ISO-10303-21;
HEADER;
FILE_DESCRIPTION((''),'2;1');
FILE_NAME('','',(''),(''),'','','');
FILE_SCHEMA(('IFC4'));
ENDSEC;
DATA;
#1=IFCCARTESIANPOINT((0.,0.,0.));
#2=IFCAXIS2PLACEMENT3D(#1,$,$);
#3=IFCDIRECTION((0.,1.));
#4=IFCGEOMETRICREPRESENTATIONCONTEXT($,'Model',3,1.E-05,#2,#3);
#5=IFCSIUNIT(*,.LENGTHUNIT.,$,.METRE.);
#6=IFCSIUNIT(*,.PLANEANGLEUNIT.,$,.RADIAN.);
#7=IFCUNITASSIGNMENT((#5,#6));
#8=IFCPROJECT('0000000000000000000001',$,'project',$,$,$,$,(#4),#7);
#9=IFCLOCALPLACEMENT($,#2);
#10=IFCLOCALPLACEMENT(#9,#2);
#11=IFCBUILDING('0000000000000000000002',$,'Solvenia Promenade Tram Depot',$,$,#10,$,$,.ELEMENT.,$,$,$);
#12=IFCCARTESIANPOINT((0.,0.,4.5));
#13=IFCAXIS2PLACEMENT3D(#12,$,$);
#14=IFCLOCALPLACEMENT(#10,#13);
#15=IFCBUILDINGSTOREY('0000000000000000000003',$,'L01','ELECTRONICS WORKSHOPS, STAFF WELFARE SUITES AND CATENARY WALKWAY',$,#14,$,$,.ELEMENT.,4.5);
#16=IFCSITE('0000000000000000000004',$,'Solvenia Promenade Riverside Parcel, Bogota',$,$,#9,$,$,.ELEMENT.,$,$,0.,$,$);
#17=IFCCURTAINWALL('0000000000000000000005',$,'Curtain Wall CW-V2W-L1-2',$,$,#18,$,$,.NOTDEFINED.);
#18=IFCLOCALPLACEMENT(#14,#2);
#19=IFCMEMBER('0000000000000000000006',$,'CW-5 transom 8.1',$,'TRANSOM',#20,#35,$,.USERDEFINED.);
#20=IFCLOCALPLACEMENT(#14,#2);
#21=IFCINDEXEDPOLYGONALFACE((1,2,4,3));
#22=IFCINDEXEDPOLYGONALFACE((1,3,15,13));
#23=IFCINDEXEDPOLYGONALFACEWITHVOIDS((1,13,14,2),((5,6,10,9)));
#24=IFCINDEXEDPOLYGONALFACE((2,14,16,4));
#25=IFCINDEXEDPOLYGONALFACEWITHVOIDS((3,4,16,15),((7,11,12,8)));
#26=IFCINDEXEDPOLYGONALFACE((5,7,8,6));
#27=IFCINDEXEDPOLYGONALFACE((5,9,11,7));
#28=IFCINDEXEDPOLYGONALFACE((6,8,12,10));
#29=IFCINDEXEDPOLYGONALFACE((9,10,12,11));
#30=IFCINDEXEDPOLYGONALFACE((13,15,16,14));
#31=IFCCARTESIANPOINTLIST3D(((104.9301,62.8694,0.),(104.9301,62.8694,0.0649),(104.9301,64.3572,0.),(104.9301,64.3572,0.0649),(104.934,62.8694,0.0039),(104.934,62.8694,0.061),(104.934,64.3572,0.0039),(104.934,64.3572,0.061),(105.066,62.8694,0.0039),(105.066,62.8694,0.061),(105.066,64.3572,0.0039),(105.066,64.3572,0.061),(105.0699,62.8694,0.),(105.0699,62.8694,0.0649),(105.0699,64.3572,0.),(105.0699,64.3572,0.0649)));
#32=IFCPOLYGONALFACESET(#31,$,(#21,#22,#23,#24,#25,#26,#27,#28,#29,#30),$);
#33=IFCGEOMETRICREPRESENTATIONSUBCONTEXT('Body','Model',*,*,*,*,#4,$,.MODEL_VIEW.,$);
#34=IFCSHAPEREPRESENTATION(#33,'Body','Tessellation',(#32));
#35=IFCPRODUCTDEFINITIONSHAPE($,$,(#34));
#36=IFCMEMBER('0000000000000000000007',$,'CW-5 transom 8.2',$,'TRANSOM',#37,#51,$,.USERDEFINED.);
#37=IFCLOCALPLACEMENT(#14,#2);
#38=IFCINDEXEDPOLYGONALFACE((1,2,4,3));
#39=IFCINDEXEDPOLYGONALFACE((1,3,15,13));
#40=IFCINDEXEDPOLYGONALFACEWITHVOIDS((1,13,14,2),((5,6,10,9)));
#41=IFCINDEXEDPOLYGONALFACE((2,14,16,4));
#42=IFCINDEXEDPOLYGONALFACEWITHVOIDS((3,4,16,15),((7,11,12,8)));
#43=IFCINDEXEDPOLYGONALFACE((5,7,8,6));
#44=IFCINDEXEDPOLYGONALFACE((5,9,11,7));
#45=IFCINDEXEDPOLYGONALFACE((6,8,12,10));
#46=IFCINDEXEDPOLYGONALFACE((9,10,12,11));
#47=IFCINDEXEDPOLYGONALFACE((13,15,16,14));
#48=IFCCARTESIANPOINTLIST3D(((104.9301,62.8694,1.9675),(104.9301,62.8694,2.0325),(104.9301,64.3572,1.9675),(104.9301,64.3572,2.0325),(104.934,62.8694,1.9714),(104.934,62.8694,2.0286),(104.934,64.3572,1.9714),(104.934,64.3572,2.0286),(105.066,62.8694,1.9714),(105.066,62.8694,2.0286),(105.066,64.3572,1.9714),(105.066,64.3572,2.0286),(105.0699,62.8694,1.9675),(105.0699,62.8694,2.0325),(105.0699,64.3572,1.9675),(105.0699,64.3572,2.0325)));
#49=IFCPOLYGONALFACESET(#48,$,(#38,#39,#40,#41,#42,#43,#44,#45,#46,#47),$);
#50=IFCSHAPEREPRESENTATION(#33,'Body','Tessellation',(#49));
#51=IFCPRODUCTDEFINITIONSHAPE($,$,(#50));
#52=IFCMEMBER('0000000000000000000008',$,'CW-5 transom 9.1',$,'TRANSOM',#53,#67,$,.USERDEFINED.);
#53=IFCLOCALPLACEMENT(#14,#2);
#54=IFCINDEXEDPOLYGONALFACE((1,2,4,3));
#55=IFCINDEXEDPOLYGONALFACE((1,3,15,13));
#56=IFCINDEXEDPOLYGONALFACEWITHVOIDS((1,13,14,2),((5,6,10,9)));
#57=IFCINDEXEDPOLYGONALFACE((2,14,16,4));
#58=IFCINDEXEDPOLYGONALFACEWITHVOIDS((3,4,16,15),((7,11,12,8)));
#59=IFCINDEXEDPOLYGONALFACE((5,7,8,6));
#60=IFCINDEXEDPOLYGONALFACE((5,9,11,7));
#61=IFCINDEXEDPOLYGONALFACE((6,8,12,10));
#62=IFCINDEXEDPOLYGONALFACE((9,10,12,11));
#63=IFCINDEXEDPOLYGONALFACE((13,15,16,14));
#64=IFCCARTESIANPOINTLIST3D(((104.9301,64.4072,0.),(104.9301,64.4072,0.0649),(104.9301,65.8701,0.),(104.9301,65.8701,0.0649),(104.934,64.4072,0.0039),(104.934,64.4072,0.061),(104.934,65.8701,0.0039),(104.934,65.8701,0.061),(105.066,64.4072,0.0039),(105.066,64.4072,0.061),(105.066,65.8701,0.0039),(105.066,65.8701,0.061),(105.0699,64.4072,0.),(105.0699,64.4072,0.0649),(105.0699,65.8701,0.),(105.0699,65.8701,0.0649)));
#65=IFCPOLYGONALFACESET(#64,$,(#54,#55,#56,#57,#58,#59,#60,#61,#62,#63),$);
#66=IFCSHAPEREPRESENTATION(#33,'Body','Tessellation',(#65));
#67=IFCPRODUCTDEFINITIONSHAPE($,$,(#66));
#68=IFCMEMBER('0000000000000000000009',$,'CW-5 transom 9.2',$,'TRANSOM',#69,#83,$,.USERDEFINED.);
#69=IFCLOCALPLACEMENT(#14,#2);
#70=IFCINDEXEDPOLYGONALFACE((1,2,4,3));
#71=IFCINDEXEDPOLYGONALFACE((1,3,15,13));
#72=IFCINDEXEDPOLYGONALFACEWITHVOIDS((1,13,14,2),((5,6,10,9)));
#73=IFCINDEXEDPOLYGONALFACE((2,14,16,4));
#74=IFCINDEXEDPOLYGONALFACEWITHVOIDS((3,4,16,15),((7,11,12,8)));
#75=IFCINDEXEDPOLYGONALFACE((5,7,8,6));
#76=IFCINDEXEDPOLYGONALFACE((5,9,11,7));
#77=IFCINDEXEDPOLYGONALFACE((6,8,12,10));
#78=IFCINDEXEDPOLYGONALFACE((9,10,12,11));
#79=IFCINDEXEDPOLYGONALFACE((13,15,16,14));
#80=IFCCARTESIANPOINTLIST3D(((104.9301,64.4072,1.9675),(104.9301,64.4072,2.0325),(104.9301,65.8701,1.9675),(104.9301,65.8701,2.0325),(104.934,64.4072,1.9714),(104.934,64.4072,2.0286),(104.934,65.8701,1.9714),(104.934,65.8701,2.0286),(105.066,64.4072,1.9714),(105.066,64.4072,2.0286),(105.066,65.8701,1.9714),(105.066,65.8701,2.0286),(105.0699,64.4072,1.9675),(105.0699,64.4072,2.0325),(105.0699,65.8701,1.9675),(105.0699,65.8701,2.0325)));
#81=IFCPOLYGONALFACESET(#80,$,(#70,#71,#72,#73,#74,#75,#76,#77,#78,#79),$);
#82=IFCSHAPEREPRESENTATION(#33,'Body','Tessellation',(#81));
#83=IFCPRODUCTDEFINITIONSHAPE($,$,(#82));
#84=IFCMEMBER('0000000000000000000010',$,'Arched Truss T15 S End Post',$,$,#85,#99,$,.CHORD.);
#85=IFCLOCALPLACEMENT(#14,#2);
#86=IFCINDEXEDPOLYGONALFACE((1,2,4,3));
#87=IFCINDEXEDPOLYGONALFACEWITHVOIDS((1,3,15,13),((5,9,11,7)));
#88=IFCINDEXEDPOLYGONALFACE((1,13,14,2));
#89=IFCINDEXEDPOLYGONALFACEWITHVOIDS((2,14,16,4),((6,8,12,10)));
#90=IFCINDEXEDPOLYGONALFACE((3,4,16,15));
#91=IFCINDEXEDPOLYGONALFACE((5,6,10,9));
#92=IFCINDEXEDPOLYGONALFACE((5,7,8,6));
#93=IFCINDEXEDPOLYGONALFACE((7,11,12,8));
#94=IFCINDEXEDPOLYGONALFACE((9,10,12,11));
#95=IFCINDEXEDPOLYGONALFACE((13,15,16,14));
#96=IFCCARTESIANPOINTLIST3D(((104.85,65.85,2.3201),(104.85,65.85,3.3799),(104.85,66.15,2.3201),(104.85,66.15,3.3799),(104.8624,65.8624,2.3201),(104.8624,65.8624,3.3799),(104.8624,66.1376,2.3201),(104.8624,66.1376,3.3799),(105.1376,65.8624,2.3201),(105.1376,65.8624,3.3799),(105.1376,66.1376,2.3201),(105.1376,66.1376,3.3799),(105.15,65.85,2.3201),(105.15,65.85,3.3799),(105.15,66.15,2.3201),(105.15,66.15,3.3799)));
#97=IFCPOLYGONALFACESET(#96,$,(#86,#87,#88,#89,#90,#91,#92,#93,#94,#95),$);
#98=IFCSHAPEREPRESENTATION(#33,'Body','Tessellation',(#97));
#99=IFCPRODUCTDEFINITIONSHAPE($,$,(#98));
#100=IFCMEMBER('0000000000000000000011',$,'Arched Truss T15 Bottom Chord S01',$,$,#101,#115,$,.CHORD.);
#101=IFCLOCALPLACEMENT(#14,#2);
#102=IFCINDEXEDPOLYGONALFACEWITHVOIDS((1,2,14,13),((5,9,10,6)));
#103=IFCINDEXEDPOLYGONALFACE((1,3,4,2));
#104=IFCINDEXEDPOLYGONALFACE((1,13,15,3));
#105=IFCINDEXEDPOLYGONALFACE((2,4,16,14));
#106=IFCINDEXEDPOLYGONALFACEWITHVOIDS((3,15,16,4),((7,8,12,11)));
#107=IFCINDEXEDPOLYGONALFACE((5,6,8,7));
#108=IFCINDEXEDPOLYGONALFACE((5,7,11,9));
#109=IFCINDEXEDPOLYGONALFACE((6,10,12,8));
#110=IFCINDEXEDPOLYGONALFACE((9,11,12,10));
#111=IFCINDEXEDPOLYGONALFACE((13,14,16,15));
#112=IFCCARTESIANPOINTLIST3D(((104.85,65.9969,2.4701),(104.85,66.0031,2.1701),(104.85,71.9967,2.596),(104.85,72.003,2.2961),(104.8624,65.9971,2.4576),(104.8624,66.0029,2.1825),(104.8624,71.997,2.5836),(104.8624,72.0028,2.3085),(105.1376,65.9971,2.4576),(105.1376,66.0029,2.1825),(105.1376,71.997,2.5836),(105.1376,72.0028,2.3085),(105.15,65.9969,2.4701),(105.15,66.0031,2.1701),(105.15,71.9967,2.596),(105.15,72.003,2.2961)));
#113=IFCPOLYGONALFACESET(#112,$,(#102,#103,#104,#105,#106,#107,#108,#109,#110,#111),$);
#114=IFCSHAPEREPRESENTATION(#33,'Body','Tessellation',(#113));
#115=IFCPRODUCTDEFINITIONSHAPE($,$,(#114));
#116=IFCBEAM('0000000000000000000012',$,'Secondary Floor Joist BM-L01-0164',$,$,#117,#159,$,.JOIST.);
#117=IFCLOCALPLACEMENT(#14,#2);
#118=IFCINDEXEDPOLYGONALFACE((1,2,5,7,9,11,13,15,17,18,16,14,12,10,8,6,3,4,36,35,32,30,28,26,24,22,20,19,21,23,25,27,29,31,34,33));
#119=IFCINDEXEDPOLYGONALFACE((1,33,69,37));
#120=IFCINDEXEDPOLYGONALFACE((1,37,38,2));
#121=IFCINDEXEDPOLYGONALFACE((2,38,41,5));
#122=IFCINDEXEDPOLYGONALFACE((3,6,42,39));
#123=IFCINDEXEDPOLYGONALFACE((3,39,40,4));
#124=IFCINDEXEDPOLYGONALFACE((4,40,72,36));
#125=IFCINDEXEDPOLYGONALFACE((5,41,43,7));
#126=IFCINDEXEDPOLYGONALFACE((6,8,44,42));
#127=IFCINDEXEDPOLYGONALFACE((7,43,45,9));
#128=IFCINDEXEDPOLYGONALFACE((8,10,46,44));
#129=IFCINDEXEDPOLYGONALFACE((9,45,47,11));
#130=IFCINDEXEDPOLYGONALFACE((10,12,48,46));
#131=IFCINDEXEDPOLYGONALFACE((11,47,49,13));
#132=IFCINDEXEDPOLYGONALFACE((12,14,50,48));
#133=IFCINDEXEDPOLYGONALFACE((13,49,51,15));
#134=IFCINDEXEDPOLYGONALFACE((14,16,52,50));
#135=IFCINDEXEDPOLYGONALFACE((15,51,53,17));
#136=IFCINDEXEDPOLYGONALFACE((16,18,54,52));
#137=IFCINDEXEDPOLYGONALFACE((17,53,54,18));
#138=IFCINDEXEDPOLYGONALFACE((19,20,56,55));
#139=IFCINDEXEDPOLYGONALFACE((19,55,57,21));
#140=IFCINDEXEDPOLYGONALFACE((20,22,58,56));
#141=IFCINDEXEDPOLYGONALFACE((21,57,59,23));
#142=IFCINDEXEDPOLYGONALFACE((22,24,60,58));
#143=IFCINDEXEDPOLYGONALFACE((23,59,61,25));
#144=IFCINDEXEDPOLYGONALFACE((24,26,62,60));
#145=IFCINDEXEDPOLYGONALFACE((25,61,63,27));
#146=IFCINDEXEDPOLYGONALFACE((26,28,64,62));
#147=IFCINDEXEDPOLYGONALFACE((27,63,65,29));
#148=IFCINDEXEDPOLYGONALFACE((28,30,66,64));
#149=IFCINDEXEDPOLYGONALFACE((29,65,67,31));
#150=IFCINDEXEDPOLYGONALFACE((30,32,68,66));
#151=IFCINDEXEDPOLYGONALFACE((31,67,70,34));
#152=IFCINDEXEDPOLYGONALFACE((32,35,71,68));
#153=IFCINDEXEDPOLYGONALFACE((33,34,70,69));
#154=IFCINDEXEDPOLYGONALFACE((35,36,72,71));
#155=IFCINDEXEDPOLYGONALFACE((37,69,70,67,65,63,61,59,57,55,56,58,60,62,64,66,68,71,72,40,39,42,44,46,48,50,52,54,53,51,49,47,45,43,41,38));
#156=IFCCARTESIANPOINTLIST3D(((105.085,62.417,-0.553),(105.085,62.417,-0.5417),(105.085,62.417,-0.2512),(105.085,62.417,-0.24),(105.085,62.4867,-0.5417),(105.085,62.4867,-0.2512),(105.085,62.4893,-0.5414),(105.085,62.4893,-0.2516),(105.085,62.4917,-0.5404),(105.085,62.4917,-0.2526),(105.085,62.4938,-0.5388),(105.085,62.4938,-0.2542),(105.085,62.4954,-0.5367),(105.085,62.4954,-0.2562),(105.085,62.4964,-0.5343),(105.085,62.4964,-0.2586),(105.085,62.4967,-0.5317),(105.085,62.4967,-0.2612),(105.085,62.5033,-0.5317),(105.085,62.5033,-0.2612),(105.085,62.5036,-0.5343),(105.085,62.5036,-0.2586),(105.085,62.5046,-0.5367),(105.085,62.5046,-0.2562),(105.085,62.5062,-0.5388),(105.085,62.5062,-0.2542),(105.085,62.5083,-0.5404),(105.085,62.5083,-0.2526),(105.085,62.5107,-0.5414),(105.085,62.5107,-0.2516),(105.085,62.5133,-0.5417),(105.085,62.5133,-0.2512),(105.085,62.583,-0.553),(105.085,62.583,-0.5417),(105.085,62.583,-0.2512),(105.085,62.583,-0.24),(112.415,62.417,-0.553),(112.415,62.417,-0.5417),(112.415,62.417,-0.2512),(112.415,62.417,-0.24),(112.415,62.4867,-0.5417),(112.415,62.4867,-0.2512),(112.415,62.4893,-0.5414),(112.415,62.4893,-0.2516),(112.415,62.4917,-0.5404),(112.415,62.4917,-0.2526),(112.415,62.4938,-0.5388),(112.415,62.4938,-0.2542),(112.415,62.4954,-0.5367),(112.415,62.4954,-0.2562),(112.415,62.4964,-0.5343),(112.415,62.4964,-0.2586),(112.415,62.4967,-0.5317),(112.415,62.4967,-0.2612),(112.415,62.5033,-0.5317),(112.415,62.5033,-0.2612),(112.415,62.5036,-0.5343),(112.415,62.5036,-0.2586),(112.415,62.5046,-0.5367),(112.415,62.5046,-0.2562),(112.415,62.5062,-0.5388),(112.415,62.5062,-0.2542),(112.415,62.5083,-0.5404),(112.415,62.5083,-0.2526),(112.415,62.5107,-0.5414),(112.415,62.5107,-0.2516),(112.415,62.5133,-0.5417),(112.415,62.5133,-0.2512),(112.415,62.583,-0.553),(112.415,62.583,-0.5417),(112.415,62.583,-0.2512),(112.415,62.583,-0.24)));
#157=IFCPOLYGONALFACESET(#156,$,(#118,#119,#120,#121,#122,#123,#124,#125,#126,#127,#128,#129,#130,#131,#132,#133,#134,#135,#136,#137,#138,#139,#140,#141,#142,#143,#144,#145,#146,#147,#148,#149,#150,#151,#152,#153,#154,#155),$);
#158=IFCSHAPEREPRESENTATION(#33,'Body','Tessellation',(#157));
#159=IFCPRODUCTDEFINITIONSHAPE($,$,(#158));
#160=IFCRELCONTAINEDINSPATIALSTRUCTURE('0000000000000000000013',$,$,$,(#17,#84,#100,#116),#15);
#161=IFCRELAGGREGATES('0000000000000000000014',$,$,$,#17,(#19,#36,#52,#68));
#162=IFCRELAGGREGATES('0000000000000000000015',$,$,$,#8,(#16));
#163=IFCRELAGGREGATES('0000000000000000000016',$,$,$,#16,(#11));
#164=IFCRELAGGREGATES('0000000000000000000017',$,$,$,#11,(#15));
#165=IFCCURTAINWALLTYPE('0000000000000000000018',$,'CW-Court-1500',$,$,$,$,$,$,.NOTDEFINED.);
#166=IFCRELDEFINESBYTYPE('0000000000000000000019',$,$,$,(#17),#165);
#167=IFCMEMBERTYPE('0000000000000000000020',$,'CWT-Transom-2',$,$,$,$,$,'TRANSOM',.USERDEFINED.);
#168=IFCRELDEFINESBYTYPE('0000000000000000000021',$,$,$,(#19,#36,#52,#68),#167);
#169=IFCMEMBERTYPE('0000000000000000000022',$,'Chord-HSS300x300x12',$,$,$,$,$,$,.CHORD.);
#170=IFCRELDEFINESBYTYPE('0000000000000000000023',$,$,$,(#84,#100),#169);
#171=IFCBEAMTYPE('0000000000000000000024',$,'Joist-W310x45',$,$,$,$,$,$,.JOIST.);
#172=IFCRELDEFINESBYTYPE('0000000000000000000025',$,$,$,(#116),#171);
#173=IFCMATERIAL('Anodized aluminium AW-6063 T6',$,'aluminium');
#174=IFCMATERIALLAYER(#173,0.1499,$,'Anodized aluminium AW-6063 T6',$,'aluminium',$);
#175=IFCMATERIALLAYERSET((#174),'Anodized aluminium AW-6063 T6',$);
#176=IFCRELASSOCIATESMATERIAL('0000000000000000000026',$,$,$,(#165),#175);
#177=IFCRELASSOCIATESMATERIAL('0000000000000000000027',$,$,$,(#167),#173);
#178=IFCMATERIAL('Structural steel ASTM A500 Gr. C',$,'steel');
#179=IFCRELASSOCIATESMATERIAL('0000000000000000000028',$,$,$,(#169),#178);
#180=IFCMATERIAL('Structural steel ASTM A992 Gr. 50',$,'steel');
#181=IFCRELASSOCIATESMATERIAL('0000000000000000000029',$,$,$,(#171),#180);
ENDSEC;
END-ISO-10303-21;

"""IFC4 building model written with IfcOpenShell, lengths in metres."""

from ifc_helpers import new_model, si_unit, direction, frame, origin, origin_2d, place, context, subcontext, project, spatial, hollow_rectangle, i_section, extrude, material, layer, layer_set, material_profile, profile_set, type_object, element, aggregate, save


model = new_model("IFC4")

# Units and contexts
model_context = context("Model", 3, precision=1e-05, world=origin(), true_north=direction((0.0, 1.0)))
body_context = subcontext(model_context, "Body", "Model", "MODEL_VIEW")
ifc_project = project(units=[si_unit("LENGTHUNIT", "METRE"), si_unit("PLANEANGLEUNIT", "RADIAN")], contexts=[model_context])

# Site, building, storey
site_placement = place(None, origin())
site = spatial("IfcSite", under=ifc_project, at=site_placement, Name="Solvenia Promenade Riverside Parcel, Bogota", CompositionType="ELEMENT", RefElevation=0.0)
building_placement = place(site_placement, origin())
building = spatial("IfcBuilding", under=site, at=building_placement, Name="Solvenia Promenade Tram Depot", CompositionType="ELEMENT")
storey_placement = place(building_placement, frame((0.0, 0.0, 4.5)))
storey = spatial("IfcBuildingStorey", under=building, at=storey_placement, Name="L01", Description="ELECTRONICS WORKSHOPS, STAFF WELFARE SUITES AND CATENARY WALKWAY", CompositionType="ELEMENT", Elevation=4.5)

# Shared definitions
ifc_material_1 = material(Name="Structural steel ASTM A992 Gr. 50", Category="steel")

# Curtain wall, members
ifc_material_2 = material(Name="Anodized aluminium AW-6063 T6", Category="aluminium")
ifc_layer_1 = layer(ifc_material_2, 0.1499, Name="Anodized aluminium AW-6063 T6", Category="aluminium")
ifc_layer_set_1 = layer_set([ifc_layer_1], Name="Anodized aluminium AW-6063 T6")
curtain_wall_type = type_object("IfcCurtainWallType", Name="CW-Court-1500", PredefinedType="NOTDEFINED", material=ifc_layer_set_1)
curtain_wall_placement = place(storey_placement, origin())
curtain_wall = element("IfcCurtainWall", 1, at=curtain_wall_placement, inside=storey, type_object=curtain_wall_type, Name="Curtain Wall CW-V2W-L1-2", PredefinedType="NOTDEFINED")
ifc_material_profile_1 = material_profile(ifc_material_2, hollow_rectangle(XDim=0.1399, YDim=0.0649, WallThickness=0.0039, at=origin_2d()), Name="ALU-T2", Category="aluminium")
ifc_profile_set_1 = profile_set([ifc_material_profile_1], Name="Anodized aluminium AW-6063 T6")
member_type_1 = type_object("IfcMemberType", Name="CWT-Transom-2", ElementType="TRANSOM", PredefinedType="USERDEFINED", material=ifc_profile_set_1)
member_1_placement = place(storey_placement, frame((105.0, 62.8694, 0.0325), z_axis=(0.0, 1.0, 0.0), x_axis=(-1.0, 0.0, 0.0)))
member_1 = element("IfcMember", 2, at=member_1_placement, type_object=member_type_1, Name="CW-5 transom 8.1", ObjectType="TRANSOM", PredefinedType="USERDEFINED", context=body_context, shape_type="SweptSolid", body=[
    extrude(hollow_rectangle(XDim=0.1399, YDim=0.0649, WallThickness=0.0039, at=origin_2d()), origin(), (0.0, 0.0, 1.0), 1.4878),
])
member_2_placement = place(storey_placement, frame((105.0, 62.8694, 2.0), z_axis=(0.0, 1.0, 0.0), x_axis=(-1.0, 0.0, 0.0)))
member_2 = element("IfcMember", 3, at=member_2_placement, type_object=member_type_1, Name="CW-5 transom 8.2", ObjectType="TRANSOM", PredefinedType="USERDEFINED", context=body_context, shape_type="SweptSolid", body=[
    extrude(hollow_rectangle(XDim=0.1399, YDim=0.0649, WallThickness=0.0039, at=origin_2d()), origin(), (0.0, 0.0, 1.0), 1.4878),
])
member_3_placement = place(storey_placement, frame((105.0, 64.4072, 0.0325), z_axis=(0.0, 1.0, 0.0), x_axis=(-1.0, 0.0, 0.0)))
member_3 = element("IfcMember", 4, at=member_3_placement, type_object=member_type_1, Name="CW-5 transom 9.1", ObjectType="TRANSOM", PredefinedType="USERDEFINED", context=body_context, shape_type="SweptSolid", body=[
    extrude(hollow_rectangle(XDim=0.1399, YDim=0.0649, WallThickness=0.0039, at=origin_2d()), origin(), (0.0, 0.0, 1.0), 1.4629),
])
member_4_placement = place(storey_placement, frame((105.0, 64.4072, 2.0), z_axis=(0.0, 1.0, 0.0), x_axis=(-1.0, 0.0, 0.0)))
member_4 = element("IfcMember", 5, at=member_4_placement, type_object=member_type_1, Name="CW-5 transom 9.2", ObjectType="TRANSOM", PredefinedType="USERDEFINED", context=body_context, shape_type="SweptSolid", body=[
    extrude(hollow_rectangle(XDim=0.1399, YDim=0.0649, WallThickness=0.0039, at=origin_2d()), origin(), (0.0, 0.0, 1.0), 1.4629),
])

# Members
ifc_material_3 = material(Name="Structural steel ASTM A500 Gr. C", Category="steel")
ifc_material_profile_2 = material_profile(ifc_material_3, hollow_rectangle(XDim=0.3, YDim=0.3, WallThickness=0.0125, at=origin_2d()), Name="HSS300x300x12.5", Category="steel")
ifc_profile_set_2 = profile_set([ifc_material_profile_2], Name="Structural steel ASTM A500 Gr. C")
member_type_2 = type_object("IfcMemberType", Name="Chord-HSS300x300x12", PredefinedType="CHORD", material=ifc_profile_set_2)
member_5_placement = place(storey_placement, frame((105.0, 66.0, 2.3201), z_axis=(0.0, 0.0, 1.0), x_axis=(1.0, 0.0, 0.0)))
element("IfcMember", 6, at=member_5_placement, inside=storey, type_object=member_type_2, Name="Arched Truss T15 S End Post", PredefinedType="CHORD", context=body_context, shape_type="SweptSolid", body=[
    extrude(hollow_rectangle(XDim=0.3, YDim=0.3, WallThickness=0.0125, at=origin_2d()), origin(), (0.0, 0.0, 1.0), 1.0598),
])
member_6_placement = place(storey_placement, frame((105.0, 66.0, 2.3201), z_axis=(0.0, 0.99978, 0.020991), x_axis=(-1.0, 0.0, 0.0)))
element("IfcMember", 7, at=member_6_placement, inside=storey, type_object=member_type_2, Name="Arched Truss T15 Bottom Chord S01", PredefinedType="CHORD", context=body_context, shape_type="SweptSolid", body=[
    extrude(hollow_rectangle(XDim=0.3, YDim=0.3, WallThickness=0.0125, at=origin_2d()), origin(), (0.0, 0.0, 1.0), 6.0012),
])

# Beam
ifc_material_profile_3 = material_profile(ifc_material_1, i_section(OverallWidth=0.166, OverallDepth=0.313, WebThickness=0.0066, FlangeThickness=0.0112, FilletRadius=0.01, at=origin_2d()), Name="W310x45", Category="steel")
ifc_profile_set_3 = profile_set([ifc_material_profile_3], Name="Structural steel ASTM A992 Gr. 50")
beam_type_1 = type_object("IfcBeamType", Name="Joist-W310x45", PredefinedType="JOIST", material=ifc_profile_set_3)
beam_1_placement = place(storey_placement, frame((105.085, 62.5, -0.3965), z_axis=(1.0, 0.0, 0.0), x_axis=(0.0, 1.0, 0.0)))
element("IfcBeam", 8, at=beam_1_placement, inside=storey, type_object=beam_type_1, Name="Secondary Floor Joist BM-L01-0164", PredefinedType="JOIST", context=body_context, shape_type="SweptSolid", body=[
    extrude(i_section(OverallWidth=0.166, OverallDepth=0.313, WebThickness=0.0066, FlangeThickness=0.0112, FilletRadius=0.01, at=origin_2d()), origin(), (0.0, 0.0, 1.0), 7.3301),
])

aggregate(curtain_wall, [member_1, member_2, member_3, member_4])

save(model, "model.ifc")
